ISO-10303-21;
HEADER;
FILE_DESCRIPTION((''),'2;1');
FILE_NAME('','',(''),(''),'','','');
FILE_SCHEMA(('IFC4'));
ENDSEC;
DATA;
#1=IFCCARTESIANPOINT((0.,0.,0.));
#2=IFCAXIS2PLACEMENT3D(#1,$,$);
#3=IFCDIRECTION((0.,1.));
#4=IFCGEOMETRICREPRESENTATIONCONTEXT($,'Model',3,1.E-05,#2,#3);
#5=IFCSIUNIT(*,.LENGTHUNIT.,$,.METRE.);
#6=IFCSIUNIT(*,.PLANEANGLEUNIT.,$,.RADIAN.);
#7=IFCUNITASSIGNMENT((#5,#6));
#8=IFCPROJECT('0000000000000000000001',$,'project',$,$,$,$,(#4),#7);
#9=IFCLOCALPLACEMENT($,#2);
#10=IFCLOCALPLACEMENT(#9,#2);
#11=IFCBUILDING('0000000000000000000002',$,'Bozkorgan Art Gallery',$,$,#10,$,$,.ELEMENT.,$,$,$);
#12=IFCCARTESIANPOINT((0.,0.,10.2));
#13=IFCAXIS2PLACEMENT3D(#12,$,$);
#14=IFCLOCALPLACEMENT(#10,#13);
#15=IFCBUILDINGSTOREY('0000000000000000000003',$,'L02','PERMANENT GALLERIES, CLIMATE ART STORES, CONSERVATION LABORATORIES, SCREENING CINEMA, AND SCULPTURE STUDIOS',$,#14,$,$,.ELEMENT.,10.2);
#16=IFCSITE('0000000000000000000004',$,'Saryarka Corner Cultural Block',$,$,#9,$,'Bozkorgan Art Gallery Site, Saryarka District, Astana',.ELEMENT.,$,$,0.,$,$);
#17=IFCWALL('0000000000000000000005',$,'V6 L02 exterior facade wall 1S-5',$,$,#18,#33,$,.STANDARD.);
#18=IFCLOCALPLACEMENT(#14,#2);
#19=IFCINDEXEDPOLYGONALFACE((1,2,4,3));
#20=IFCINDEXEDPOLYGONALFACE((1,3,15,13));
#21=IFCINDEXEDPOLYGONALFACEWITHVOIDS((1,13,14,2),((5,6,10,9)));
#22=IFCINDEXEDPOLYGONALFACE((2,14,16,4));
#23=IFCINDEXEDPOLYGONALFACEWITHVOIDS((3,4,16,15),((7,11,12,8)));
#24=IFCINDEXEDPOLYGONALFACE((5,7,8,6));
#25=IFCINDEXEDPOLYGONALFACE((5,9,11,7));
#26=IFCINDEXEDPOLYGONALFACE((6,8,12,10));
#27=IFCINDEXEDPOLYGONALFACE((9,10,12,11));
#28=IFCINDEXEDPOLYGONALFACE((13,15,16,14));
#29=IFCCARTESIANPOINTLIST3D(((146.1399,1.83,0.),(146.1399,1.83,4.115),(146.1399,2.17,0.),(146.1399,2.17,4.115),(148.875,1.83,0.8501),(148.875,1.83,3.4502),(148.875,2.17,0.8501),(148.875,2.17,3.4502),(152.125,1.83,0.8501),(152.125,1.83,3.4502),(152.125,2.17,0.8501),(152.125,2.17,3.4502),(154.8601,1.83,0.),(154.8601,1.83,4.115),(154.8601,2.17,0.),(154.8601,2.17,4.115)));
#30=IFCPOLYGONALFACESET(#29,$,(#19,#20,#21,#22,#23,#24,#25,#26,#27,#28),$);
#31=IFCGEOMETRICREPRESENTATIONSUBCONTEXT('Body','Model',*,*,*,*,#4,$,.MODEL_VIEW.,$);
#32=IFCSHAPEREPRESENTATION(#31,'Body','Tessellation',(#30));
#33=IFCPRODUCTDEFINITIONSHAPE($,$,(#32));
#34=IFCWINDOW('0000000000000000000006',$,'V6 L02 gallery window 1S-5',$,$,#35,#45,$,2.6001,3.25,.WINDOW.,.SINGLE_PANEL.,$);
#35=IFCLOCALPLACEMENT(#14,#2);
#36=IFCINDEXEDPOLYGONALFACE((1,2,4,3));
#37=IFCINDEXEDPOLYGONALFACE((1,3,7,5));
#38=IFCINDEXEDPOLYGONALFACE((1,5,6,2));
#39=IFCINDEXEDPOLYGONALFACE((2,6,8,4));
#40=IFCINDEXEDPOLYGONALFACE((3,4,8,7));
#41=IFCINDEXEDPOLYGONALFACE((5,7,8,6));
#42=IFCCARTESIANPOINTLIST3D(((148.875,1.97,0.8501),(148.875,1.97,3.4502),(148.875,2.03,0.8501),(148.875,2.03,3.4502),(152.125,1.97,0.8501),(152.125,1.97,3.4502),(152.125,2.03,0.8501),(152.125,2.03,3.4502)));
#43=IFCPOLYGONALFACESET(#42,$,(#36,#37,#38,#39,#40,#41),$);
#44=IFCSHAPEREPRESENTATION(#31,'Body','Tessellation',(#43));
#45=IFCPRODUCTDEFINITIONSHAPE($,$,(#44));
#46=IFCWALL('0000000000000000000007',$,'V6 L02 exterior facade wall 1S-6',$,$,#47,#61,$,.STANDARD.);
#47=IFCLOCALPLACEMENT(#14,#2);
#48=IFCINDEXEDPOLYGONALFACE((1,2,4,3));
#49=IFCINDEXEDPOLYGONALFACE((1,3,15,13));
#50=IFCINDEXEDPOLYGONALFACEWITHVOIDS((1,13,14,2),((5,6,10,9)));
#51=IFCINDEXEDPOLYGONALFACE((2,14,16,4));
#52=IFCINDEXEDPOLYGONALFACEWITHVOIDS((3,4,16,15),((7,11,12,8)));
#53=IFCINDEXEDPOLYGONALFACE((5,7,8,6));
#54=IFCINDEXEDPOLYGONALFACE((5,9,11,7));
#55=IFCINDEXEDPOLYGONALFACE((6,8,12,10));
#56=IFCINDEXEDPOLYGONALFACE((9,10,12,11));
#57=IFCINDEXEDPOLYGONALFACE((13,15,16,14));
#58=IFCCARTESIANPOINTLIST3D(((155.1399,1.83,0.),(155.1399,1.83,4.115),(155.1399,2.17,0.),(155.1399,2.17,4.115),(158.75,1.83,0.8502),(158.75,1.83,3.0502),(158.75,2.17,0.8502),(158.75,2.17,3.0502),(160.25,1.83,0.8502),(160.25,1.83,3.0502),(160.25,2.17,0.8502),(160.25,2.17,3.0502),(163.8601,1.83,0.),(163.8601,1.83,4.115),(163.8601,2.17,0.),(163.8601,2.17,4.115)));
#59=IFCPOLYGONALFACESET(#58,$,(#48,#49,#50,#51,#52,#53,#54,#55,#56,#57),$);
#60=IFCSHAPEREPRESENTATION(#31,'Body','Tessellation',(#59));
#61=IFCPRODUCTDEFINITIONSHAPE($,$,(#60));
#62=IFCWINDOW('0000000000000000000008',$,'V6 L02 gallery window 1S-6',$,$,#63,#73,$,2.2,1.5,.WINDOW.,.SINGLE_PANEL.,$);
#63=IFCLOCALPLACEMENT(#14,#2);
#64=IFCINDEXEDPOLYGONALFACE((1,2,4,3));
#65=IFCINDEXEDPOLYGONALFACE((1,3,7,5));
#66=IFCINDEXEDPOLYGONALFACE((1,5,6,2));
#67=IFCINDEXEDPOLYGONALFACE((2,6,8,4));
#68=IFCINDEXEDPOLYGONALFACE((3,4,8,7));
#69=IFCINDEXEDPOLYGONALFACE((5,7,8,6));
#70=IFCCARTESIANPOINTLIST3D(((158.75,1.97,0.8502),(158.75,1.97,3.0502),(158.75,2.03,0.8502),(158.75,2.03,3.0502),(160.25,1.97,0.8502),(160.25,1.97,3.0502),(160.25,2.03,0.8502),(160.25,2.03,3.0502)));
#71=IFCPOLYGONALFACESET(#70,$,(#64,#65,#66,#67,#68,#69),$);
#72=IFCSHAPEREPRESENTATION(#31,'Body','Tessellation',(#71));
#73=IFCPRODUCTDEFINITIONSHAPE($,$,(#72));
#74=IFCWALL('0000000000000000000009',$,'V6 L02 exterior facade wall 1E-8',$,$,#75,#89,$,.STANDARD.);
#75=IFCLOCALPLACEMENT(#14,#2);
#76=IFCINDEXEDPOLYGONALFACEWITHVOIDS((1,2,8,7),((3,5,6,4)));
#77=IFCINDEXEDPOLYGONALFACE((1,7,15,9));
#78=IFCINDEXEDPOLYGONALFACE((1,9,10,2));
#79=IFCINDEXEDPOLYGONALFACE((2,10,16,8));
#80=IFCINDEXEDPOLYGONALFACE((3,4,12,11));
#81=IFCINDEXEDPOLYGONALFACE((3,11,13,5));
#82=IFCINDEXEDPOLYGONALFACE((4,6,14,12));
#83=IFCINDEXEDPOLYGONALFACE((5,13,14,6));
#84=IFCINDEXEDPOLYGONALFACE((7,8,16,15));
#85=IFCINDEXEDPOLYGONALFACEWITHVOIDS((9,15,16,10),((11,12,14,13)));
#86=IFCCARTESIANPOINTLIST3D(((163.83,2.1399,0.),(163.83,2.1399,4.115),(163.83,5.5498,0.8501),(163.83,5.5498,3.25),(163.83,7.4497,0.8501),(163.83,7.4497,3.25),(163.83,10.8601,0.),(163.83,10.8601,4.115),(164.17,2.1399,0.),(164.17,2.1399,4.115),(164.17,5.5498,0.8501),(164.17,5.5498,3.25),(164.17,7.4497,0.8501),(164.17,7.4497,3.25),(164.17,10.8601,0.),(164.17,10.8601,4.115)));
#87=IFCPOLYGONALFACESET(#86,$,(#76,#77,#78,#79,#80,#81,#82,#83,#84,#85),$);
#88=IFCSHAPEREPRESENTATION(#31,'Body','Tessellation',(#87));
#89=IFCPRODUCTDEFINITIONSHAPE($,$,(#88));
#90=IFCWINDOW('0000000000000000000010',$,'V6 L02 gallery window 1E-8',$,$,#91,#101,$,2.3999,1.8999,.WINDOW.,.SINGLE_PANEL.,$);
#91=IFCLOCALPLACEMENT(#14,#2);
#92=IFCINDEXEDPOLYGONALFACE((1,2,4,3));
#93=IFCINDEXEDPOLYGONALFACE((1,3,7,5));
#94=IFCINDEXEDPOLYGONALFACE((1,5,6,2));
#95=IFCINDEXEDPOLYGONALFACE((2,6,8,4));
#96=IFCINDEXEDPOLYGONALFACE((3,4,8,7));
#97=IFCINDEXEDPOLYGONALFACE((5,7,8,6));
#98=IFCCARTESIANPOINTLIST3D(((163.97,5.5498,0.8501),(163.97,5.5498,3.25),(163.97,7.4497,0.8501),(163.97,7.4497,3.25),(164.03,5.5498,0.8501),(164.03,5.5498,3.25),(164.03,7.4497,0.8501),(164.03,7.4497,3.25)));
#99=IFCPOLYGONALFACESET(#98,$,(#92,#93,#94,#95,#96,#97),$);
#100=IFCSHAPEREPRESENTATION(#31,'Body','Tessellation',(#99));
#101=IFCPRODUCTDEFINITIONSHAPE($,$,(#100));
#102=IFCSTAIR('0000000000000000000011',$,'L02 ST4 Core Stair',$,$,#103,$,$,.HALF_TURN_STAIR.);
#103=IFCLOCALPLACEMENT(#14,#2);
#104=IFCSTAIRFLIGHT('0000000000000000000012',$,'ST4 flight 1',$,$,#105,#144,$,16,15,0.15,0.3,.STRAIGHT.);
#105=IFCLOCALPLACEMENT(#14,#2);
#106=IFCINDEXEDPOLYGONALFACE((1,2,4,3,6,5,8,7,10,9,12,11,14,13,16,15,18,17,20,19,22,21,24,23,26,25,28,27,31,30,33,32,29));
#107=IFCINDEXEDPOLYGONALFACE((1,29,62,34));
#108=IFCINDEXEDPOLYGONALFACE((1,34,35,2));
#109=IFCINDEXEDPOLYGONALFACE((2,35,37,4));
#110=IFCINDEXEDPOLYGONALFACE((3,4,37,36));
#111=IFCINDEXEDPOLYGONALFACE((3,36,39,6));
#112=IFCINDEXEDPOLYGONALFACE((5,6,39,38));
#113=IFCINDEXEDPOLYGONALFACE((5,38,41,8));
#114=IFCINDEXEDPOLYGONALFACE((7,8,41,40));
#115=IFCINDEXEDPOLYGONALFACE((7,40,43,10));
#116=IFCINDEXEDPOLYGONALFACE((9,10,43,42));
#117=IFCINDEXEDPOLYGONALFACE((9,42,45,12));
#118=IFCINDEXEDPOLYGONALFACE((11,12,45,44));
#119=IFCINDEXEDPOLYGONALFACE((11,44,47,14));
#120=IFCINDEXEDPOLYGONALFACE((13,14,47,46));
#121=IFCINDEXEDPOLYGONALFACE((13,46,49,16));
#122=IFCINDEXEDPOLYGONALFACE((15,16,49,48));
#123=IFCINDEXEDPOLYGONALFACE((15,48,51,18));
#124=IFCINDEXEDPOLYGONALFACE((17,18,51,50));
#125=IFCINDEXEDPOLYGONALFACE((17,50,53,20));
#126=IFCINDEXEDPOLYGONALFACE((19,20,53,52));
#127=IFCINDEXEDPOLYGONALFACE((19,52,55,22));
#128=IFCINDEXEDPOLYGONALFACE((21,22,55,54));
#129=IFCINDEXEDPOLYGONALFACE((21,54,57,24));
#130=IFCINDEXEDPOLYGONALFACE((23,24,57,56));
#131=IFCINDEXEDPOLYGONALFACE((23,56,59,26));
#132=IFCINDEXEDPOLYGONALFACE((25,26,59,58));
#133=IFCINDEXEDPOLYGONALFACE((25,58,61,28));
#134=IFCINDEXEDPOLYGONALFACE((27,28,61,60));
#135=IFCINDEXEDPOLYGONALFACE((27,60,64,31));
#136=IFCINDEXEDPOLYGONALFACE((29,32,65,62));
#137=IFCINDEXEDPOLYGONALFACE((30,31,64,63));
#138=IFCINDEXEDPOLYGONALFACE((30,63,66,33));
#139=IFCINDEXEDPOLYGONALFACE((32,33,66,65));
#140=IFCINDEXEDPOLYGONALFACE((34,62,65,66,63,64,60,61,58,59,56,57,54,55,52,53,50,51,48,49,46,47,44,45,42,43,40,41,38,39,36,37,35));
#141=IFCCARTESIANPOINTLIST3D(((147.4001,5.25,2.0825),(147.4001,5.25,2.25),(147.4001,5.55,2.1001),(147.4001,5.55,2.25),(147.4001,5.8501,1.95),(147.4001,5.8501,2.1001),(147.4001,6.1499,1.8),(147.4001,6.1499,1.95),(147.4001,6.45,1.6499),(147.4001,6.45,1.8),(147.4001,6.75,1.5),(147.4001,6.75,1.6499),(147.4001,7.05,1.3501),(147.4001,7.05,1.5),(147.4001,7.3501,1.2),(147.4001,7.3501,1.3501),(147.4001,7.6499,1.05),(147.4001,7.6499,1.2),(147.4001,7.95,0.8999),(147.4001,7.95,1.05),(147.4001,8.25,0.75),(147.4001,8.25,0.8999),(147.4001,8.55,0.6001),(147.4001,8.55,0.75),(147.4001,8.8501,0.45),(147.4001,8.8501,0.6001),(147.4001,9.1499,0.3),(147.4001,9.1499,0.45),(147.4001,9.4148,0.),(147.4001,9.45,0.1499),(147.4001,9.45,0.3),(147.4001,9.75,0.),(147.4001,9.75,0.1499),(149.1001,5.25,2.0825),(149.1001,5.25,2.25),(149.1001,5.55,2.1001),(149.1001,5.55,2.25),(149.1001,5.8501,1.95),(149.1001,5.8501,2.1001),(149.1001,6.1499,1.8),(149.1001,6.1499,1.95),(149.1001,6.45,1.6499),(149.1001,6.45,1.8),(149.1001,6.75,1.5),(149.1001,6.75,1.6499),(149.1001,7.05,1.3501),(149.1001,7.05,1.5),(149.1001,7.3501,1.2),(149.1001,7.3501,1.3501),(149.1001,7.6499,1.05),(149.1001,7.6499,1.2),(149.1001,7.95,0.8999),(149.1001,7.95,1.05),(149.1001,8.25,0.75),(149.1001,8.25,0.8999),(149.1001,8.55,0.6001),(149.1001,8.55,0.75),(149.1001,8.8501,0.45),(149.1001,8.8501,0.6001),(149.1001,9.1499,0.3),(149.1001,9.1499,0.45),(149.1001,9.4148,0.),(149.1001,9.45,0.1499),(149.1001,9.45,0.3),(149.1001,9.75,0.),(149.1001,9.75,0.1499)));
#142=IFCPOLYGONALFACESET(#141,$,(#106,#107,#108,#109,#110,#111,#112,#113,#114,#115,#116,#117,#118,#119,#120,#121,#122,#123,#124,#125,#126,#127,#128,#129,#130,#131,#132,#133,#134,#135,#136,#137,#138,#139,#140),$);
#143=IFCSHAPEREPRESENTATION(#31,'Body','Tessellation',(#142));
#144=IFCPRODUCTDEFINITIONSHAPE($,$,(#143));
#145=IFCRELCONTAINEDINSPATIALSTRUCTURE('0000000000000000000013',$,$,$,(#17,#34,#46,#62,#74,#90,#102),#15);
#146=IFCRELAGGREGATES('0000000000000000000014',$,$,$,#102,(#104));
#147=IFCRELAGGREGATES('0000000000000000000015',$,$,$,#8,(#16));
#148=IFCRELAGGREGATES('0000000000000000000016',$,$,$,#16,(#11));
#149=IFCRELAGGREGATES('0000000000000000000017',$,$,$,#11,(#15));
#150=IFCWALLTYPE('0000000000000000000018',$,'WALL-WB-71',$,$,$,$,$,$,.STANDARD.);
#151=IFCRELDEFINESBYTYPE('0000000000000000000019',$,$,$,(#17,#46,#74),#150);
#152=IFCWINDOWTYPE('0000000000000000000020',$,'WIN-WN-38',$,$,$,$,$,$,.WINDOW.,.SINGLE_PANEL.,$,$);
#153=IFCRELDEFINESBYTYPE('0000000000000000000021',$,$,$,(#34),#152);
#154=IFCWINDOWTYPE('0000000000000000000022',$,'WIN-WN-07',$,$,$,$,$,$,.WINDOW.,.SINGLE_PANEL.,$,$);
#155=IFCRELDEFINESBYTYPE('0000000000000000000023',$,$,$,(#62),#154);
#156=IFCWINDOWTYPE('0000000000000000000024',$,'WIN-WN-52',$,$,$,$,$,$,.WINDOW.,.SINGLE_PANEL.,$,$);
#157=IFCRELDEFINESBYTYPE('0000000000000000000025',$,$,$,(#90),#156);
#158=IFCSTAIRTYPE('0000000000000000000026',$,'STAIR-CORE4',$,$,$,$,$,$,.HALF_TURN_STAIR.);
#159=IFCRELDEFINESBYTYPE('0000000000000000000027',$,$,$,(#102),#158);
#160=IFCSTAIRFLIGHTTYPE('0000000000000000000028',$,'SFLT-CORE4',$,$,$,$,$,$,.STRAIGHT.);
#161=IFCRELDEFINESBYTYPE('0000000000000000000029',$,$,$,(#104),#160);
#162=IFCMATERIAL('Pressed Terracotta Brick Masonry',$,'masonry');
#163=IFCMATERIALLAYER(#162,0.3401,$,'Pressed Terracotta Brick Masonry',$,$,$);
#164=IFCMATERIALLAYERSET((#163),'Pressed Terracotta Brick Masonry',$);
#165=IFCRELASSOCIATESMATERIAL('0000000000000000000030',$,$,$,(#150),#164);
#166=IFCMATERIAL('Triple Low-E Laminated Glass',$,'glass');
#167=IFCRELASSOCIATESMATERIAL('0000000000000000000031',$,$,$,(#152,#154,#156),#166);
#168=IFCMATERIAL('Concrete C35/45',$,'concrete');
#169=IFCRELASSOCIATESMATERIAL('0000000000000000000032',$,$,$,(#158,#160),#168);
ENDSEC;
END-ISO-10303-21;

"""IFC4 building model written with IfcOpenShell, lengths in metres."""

from ifc_helpers import new_model, si_unit, direction, frame, frame_2d, origin, place, context, subcontext, project, spatial, polyline, rectangle, outline, extrude, material, layer, layer_set, type_object, element, fill, aggregate, save


model = new_model("IFC4")

# Units and contexts
model_context = context("Model", 3, precision=1e-05, world=origin(), true_north=direction((0.0, 1.0)))
body_context = subcontext(model_context, "Body", "Model", "MODEL_VIEW")
ifc_project = project(units=[si_unit("LENGTHUNIT", "METRE"), si_unit("PLANEANGLEUNIT", "RADIAN")], contexts=[model_context])

# Site, building, storey
site_placement = place(None, origin())
site = spatial("IfcSite", under=ifc_project, at=site_placement, Name="Saryarka Corner Cultural Block", LongName="Bozkorgan Art Gallery Site, Saryarka District, Astana", CompositionType="ELEMENT", RefElevation=0.0)
building_placement = place(site_placement, origin())
building = spatial("IfcBuilding", under=site, at=building_placement, Name="Bozkorgan Art Gallery", CompositionType="ELEMENT")
storey_placement = place(building_placement, frame((0.0, 0.0, 10.2)))
storey = spatial("IfcBuildingStorey", under=building, at=storey_placement, Name="L02", Description="PERMANENT GALLERIES, CLIMATE ART STORES, CONSERVATION LABORATORIES, SCREENING CINEMA, AND SCULPTURE STUDIOS", CompositionType="ELEMENT", Elevation=10.2)

# Walls, openings, windows
ifc_material_1 = material(Name="Pressed Terracotta Brick Masonry", Category="masonry")
ifc_layer_1 = layer(ifc_material_1, 0.3401, Name="Pressed Terracotta Brick Masonry")
ifc_layer_set_1 = layer_set([ifc_layer_1], Name="Pressed Terracotta Brick Masonry")
wall_type_1 = type_object("IfcWallType", Name="WALL-WB-71", PredefinedType="STANDARD", material=ifc_layer_set_1)
wall_1_placement = place(storey_placement, frame((146.1399, 2.0, 0.0), z_axis=(0.0, 0.0, 1.0), x_axis=(1.0, 0.0, 0.0)))
wall_1 = element("IfcWall", 1, at=wall_1_placement, inside=storey, type_object=wall_type_1, Name="V6 L02 exterior facade wall 1S-5", PredefinedType="STANDARD", context=body_context, shape_type="SweptSolid", body=[
    extrude(rectangle(XDim=8.7202, YDim=0.3401, at=frame_2d((4.3601, 0.0))), origin(), (0.0, 0.0, 1.0), 4.115),
])
opening_1_placement = place(wall_1_placement, frame((5.9851, 0.0, 0.8501), z_axis=(0.0, 0.0, 1.0), x_axis=(-1.0, 0.0, 0.0)))
opening_1 = element("IfcOpeningElement", 2, at=opening_1_placement, cuts=wall_1, PredefinedType="OPENING", context=body_context, shape_type="SweptSolid", body=[
    extrude(rectangle(XDim=3.25, YDim=2.6001, at=frame_2d((1.625, 1.3))), frame((0.0, 0.1802, 0.0), z_axis=(0.0, -1.0, 0.0), x_axis=(1.0, 0.0, 0.0)), (0.0, 0.0, 1.0), 0.3601),
])
ifc_material_2 = material(Name="Triple Low-E Laminated Glass", Category="glass")
window_type_1 = type_object("IfcWindowType", Name="WIN-WN-38", PartitioningType="SINGLE_PANEL", PredefinedType="WINDOW", material=ifc_material_2)
window_1_placement = place(opening_1_placement, origin())
window_1 = element("IfcWindow", 3, at=window_1_placement, inside=storey, type_object=window_type_1, Name="V6 L02 gallery window 1S-5", OverallHeight=2.6001, OverallWidth=3.25, PartitioningType="SINGLE_PANEL", PredefinedType="WINDOW", context=body_context, shape_type="SweptSolid", body=[
    extrude(rectangle(XDim=3.25, YDim=2.6001, at=frame_2d((1.625, 1.3))), frame((0.0, 0.03, 0.0), z_axis=(0.0, -1.0, 0.0), x_axis=(1.0, 0.0, 0.0)), (0.0, 0.0, 1.0), 0.0601),
])
fill(opening_1, window_1)
wall_2_placement = place(storey_placement, frame((155.1399, 2.0, 0.0), z_axis=(0.0, 0.0, 1.0), x_axis=(1.0, 0.0, 0.0)))
wall_2 = element("IfcWall", 4, at=wall_2_placement, inside=storey, type_object=wall_type_1, Name="V6 L02 exterior facade wall 1S-6", PredefinedType="STANDARD", context=body_context, shape_type="SweptSolid", body=[
    extrude(rectangle(XDim=8.7202, YDim=0.3401, at=frame_2d((4.3601, 0.0))), origin(), (0.0, 0.0, 1.0), 4.115),
])
opening_2_placement = place(wall_2_placement, frame((5.1101, 0.0, 0.8501), z_axis=(0.0, 0.0, 1.0), x_axis=(-1.0, 0.0, 0.0)))
opening_2 = element("IfcOpeningElement", 5, at=opening_2_placement, cuts=wall_2, PredefinedType="OPENING", context=body_context, shape_type="SweptSolid", body=[
    extrude(rectangle(XDim=1.5, YDim=2.2, at=frame_2d((0.75, 1.1001))), frame((0.0, 0.1802, 0.0), z_axis=(0.0, -1.0, 0.0), x_axis=(1.0, 0.0, 0.0)), (0.0, 0.0, 1.0), 0.3601),
])
window_type_2 = type_object("IfcWindowType", Name="WIN-WN-07", PartitioningType="SINGLE_PANEL", PredefinedType="WINDOW", material=ifc_material_2)
window_2_placement = place(opening_2_placement, origin())
window_2 = element("IfcWindow", 6, at=window_2_placement, inside=storey, type_object=window_type_2, Name="V6 L02 gallery window 1S-6", OverallHeight=2.2, OverallWidth=1.5, PartitioningType="SINGLE_PANEL", PredefinedType="WINDOW", context=body_context, shape_type="SweptSolid", body=[
    extrude(rectangle(XDim=1.5, YDim=2.2, at=frame_2d((0.75, 1.1001))), frame((0.0, 0.03, 0.0), z_axis=(0.0, -1.0, 0.0), x_axis=(1.0, 0.0, 0.0)), (0.0, 0.0, 1.0), 0.0601),
])
fill(opening_2, window_2)
wall_3_placement = place(storey_placement, frame((164.0, 2.1399, 0.0), z_axis=(0.0, 0.0, 1.0), x_axis=(0.0, 1.0, 0.0)))
wall_3 = element("IfcWall", 7, at=wall_3_placement, inside=storey, type_object=wall_type_1, Name="V6 L02 exterior facade wall 1E-8", PredefinedType="STANDARD", context=body_context, shape_type="SweptSolid", body=[
    extrude(rectangle(XDim=8.7202, YDim=0.3401, at=frame_2d((4.3601, 0.0))), origin(), (0.0, 0.0, 1.0), 4.115),
])
opening_3_placement = place(wall_3_placement, frame((5.3098, 0.0, 0.8501), z_axis=(0.0, 0.0, 1.0), x_axis=(-1.0, 0.0, 0.0)))
opening_3 = element("IfcOpeningElement", 8, at=opening_3_placement, cuts=wall_3, PredefinedType="OPENING", context=body_context, shape_type="SweptSolid", body=[
    extrude(rectangle(XDim=1.8999, YDim=2.3999, at=frame_2d((0.95, 1.2))), frame((0.0, 0.1802, 0.0), z_axis=(0.0, -1.0, 0.0), x_axis=(1.0, 0.0, 0.0)), (0.0, 0.0, 1.0), 0.3601),
])
window_type_3 = type_object("IfcWindowType", Name="WIN-WN-52", PartitioningType="SINGLE_PANEL", PredefinedType="WINDOW", material=ifc_material_2)
window_3_placement = place(opening_3_placement, origin())
window_3 = element("IfcWindow", 9, at=window_3_placement, inside=storey, type_object=window_type_3, Name="V6 L02 gallery window 1E-8", OverallHeight=2.3999, OverallWidth=1.8999, PartitioningType="SINGLE_PANEL", PredefinedType="WINDOW", context=body_context, shape_type="SweptSolid", body=[
    extrude(rectangle(XDim=1.8999, YDim=2.3999, at=frame_2d((0.95, 1.2))), frame((0.0, 0.03, 0.0), z_axis=(0.0, -1.0, 0.0), x_axis=(1.0, 0.0, 0.0)), (0.0, 0.0, 1.0), 0.0601),
])
fill(opening_3, window_3)

# Stair, stair flight
ifc_material_3 = material(Name="Concrete C35/45", Category="concrete")
stair_type = type_object("IfcStairType", Name="STAIR-CORE4", PredefinedType="HALF_TURN_STAIR", material=ifc_material_3)
stair_placement = place(storey_placement, origin())
stair = element("IfcStair", 10, at=stair_placement, inside=storey, type_object=stair_type, Name="L02 ST4 Core Stair", PredefinedType="HALF_TURN_STAIR")
stair_flight_type = type_object("IfcStairFlightType", Name="SFLT-CORE4", PredefinedType="STRAIGHT", material=ifc_material_3)
stair_flight_1_placement = place(storey_placement, frame((148.25, 9.75, 0.0), z_axis=(0.0, 0.0, 1.0), x_axis=(0.0, -1.0, 0.0)))
stair_flight_1 = element("IfcStairFlight", 11, at=stair_flight_1_placement, type_object=stair_flight_type, Name="ST4 flight 1", NumberOfRisers=16, NumberOfTreads=15, PredefinedType="STRAIGHT", RiserHeight=0.15, TreadLength=0.3, context=body_context, shape_type="SweptSolid", body=[
    extrude(outline(polyline([(0.0, 0.0), (0.0, 0.1499), (0.3, 0.1499), (0.3, 0.3), (0.6001, 0.3), (0.6001, 0.45), (0.8999, 0.45), (0.8999, 0.6001), (1.2, 0.6001), (1.2, 0.75), (1.5, 0.75), (1.5, 0.8999), (1.8, 0.8999), (1.8, 1.05), (2.1001, 1.05), (2.1001, 1.2), (2.3999, 1.2), (2.3999, 1.3501), (2.7, 1.3501), (2.7, 1.5), (3.0, 1.5), (3.0, 1.6499), (3.3, 1.6499), (3.3, 1.8), (3.6001, 1.8), (3.6001, 1.95), (3.8999, 1.95), (3.8999, 2.1001), (4.2, 2.1001), (4.2, 2.25), (4.5, 2.25), (4.5, 2.3999), (4.5, 2.0825), (0.3352, 0.0), (0.0, 0.0)])), frame((0.0, 0.8501, 0.0), z_axis=(0.0, -1.0, 0.0), x_axis=(1.0, 0.0, 0.0)), (0.0, 0.0, 1.0), 1.7),
])
aggregate(stair, [stair_flight_1])

save(model, "model.ifc")
